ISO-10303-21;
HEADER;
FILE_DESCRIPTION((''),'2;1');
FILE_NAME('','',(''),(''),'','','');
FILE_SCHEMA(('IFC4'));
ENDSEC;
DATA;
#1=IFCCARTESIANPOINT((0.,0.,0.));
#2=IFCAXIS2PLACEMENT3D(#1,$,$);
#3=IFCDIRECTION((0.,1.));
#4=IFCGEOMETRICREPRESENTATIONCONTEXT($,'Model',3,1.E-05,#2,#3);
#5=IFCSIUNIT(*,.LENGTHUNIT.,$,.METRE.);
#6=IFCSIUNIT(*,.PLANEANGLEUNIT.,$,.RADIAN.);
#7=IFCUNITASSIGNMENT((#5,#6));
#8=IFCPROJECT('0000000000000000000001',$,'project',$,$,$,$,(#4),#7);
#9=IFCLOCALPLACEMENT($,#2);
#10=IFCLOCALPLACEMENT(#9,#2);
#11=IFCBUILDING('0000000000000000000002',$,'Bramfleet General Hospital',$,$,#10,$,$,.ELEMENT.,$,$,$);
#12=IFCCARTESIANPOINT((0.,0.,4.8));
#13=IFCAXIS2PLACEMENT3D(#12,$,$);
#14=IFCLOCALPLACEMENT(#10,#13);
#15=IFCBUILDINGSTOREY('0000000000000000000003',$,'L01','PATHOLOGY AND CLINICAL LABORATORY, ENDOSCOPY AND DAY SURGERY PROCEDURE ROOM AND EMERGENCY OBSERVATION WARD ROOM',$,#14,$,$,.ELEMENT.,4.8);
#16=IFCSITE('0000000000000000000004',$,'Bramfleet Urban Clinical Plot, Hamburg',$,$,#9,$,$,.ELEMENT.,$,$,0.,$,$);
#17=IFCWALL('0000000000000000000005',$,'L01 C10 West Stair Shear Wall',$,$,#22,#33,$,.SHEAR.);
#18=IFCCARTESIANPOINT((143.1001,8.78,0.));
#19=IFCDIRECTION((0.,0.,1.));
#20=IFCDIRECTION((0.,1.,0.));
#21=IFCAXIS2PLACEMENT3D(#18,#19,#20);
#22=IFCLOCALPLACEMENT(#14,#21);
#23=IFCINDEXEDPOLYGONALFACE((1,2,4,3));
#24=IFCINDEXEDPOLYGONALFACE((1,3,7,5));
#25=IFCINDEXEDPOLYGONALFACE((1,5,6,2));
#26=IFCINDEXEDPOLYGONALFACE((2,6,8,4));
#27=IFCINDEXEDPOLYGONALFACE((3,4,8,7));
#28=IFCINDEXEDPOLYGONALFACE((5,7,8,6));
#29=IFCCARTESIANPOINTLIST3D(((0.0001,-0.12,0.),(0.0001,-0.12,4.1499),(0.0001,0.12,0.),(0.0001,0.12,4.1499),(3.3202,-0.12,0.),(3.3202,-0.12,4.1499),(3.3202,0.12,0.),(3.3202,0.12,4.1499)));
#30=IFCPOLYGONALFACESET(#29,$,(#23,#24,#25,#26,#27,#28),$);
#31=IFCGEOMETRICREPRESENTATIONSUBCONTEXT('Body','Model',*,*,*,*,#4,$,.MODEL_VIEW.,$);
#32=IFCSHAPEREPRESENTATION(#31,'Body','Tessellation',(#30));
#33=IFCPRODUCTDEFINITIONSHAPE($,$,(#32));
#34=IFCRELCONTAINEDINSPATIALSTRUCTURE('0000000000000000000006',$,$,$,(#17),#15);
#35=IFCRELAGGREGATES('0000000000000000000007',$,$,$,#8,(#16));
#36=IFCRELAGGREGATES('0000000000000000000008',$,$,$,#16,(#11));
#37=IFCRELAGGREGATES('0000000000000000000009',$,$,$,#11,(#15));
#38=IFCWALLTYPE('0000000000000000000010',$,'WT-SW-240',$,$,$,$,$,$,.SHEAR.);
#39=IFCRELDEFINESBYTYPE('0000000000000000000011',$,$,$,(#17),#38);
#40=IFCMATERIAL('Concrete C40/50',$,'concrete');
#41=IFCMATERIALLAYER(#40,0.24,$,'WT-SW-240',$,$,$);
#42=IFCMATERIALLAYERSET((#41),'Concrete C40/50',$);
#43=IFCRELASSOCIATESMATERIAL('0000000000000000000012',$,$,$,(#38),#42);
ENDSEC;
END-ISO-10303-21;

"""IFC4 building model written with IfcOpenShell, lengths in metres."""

from ifc_helpers import new_model, si_unit, direction, frame, frame_2d, origin, place, context, subcontext, project, spatial, rectangle, extrude, material, layer, layer_set, type_object, element, save


model = new_model("IFC4")

# Units and contexts
model_context = context("Model", 3, precision=1e-05, world=origin(), true_north=direction((0.0, 1.0)))
body_context = subcontext(model_context, "Body", "Model", "MODEL_VIEW")
ifc_project = project(units=[si_unit("LENGTHUNIT", "METRE"), si_unit("PLANEANGLEUNIT", "RADIAN")], contexts=[model_context])

# Site, building, storey
site_placement = place(None, origin())
site = spatial("IfcSite", under=ifc_project, at=site_placement, Name="Bramfleet Urban Clinical Plot, Hamburg", CompositionType="ELEMENT", RefElevation=0.0)
building_placement = place(site_placement, origin())
building = spatial("IfcBuilding", under=site, at=building_placement, Name="Bramfleet General Hospital", CompositionType="ELEMENT")
storey_placement = place(building_placement, frame((0.0, 0.0, 4.8)))
storey = spatial("IfcBuildingStorey", under=building, at=storey_placement, Name="L01", Description="PATHOLOGY AND CLINICAL LABORATORY, ENDOSCOPY AND DAY SURGERY PROCEDURE ROOM AND EMERGENCY OBSERVATION WARD ROOM", CompositionType="ELEMENT", Elevation=4.8)

# Shared definitions
ifc_material_1 = material(Name="Concrete C40/50", Category="concrete")

# Wall
ifc_layer_1 = layer(ifc_material_1, 0.24, Name="WT-SW-240")
ifc_layer_set_1 = layer_set([ifc_layer_1], Name="Concrete C40/50")
wall_type_1 = type_object("IfcWallType", Name="WT-SW-240", PredefinedType="SHEAR", material=ifc_layer_set_1)
wall_1_placement = place(storey_placement, frame((143.1001, 8.78, 0.0), z_axis=(0.0, 0.0, 1.0), x_axis=(0.0, 1.0, 0.0)))
element("IfcWall", 1, at=wall_1_placement, inside=storey, type_object=wall_type_1, Name="L01 C10 West Stair Shear Wall", PredefinedType="SHEAR", context=body_context, shape_type="SweptSolid", body=[
    extrude(rectangle(XDim=3.3201, YDim=0.24, at=frame_2d((1.6602, 0.0))), origin(), (0.0, 0.0, 1.0), 4.1499),
])

save(model, "model.ifc")
